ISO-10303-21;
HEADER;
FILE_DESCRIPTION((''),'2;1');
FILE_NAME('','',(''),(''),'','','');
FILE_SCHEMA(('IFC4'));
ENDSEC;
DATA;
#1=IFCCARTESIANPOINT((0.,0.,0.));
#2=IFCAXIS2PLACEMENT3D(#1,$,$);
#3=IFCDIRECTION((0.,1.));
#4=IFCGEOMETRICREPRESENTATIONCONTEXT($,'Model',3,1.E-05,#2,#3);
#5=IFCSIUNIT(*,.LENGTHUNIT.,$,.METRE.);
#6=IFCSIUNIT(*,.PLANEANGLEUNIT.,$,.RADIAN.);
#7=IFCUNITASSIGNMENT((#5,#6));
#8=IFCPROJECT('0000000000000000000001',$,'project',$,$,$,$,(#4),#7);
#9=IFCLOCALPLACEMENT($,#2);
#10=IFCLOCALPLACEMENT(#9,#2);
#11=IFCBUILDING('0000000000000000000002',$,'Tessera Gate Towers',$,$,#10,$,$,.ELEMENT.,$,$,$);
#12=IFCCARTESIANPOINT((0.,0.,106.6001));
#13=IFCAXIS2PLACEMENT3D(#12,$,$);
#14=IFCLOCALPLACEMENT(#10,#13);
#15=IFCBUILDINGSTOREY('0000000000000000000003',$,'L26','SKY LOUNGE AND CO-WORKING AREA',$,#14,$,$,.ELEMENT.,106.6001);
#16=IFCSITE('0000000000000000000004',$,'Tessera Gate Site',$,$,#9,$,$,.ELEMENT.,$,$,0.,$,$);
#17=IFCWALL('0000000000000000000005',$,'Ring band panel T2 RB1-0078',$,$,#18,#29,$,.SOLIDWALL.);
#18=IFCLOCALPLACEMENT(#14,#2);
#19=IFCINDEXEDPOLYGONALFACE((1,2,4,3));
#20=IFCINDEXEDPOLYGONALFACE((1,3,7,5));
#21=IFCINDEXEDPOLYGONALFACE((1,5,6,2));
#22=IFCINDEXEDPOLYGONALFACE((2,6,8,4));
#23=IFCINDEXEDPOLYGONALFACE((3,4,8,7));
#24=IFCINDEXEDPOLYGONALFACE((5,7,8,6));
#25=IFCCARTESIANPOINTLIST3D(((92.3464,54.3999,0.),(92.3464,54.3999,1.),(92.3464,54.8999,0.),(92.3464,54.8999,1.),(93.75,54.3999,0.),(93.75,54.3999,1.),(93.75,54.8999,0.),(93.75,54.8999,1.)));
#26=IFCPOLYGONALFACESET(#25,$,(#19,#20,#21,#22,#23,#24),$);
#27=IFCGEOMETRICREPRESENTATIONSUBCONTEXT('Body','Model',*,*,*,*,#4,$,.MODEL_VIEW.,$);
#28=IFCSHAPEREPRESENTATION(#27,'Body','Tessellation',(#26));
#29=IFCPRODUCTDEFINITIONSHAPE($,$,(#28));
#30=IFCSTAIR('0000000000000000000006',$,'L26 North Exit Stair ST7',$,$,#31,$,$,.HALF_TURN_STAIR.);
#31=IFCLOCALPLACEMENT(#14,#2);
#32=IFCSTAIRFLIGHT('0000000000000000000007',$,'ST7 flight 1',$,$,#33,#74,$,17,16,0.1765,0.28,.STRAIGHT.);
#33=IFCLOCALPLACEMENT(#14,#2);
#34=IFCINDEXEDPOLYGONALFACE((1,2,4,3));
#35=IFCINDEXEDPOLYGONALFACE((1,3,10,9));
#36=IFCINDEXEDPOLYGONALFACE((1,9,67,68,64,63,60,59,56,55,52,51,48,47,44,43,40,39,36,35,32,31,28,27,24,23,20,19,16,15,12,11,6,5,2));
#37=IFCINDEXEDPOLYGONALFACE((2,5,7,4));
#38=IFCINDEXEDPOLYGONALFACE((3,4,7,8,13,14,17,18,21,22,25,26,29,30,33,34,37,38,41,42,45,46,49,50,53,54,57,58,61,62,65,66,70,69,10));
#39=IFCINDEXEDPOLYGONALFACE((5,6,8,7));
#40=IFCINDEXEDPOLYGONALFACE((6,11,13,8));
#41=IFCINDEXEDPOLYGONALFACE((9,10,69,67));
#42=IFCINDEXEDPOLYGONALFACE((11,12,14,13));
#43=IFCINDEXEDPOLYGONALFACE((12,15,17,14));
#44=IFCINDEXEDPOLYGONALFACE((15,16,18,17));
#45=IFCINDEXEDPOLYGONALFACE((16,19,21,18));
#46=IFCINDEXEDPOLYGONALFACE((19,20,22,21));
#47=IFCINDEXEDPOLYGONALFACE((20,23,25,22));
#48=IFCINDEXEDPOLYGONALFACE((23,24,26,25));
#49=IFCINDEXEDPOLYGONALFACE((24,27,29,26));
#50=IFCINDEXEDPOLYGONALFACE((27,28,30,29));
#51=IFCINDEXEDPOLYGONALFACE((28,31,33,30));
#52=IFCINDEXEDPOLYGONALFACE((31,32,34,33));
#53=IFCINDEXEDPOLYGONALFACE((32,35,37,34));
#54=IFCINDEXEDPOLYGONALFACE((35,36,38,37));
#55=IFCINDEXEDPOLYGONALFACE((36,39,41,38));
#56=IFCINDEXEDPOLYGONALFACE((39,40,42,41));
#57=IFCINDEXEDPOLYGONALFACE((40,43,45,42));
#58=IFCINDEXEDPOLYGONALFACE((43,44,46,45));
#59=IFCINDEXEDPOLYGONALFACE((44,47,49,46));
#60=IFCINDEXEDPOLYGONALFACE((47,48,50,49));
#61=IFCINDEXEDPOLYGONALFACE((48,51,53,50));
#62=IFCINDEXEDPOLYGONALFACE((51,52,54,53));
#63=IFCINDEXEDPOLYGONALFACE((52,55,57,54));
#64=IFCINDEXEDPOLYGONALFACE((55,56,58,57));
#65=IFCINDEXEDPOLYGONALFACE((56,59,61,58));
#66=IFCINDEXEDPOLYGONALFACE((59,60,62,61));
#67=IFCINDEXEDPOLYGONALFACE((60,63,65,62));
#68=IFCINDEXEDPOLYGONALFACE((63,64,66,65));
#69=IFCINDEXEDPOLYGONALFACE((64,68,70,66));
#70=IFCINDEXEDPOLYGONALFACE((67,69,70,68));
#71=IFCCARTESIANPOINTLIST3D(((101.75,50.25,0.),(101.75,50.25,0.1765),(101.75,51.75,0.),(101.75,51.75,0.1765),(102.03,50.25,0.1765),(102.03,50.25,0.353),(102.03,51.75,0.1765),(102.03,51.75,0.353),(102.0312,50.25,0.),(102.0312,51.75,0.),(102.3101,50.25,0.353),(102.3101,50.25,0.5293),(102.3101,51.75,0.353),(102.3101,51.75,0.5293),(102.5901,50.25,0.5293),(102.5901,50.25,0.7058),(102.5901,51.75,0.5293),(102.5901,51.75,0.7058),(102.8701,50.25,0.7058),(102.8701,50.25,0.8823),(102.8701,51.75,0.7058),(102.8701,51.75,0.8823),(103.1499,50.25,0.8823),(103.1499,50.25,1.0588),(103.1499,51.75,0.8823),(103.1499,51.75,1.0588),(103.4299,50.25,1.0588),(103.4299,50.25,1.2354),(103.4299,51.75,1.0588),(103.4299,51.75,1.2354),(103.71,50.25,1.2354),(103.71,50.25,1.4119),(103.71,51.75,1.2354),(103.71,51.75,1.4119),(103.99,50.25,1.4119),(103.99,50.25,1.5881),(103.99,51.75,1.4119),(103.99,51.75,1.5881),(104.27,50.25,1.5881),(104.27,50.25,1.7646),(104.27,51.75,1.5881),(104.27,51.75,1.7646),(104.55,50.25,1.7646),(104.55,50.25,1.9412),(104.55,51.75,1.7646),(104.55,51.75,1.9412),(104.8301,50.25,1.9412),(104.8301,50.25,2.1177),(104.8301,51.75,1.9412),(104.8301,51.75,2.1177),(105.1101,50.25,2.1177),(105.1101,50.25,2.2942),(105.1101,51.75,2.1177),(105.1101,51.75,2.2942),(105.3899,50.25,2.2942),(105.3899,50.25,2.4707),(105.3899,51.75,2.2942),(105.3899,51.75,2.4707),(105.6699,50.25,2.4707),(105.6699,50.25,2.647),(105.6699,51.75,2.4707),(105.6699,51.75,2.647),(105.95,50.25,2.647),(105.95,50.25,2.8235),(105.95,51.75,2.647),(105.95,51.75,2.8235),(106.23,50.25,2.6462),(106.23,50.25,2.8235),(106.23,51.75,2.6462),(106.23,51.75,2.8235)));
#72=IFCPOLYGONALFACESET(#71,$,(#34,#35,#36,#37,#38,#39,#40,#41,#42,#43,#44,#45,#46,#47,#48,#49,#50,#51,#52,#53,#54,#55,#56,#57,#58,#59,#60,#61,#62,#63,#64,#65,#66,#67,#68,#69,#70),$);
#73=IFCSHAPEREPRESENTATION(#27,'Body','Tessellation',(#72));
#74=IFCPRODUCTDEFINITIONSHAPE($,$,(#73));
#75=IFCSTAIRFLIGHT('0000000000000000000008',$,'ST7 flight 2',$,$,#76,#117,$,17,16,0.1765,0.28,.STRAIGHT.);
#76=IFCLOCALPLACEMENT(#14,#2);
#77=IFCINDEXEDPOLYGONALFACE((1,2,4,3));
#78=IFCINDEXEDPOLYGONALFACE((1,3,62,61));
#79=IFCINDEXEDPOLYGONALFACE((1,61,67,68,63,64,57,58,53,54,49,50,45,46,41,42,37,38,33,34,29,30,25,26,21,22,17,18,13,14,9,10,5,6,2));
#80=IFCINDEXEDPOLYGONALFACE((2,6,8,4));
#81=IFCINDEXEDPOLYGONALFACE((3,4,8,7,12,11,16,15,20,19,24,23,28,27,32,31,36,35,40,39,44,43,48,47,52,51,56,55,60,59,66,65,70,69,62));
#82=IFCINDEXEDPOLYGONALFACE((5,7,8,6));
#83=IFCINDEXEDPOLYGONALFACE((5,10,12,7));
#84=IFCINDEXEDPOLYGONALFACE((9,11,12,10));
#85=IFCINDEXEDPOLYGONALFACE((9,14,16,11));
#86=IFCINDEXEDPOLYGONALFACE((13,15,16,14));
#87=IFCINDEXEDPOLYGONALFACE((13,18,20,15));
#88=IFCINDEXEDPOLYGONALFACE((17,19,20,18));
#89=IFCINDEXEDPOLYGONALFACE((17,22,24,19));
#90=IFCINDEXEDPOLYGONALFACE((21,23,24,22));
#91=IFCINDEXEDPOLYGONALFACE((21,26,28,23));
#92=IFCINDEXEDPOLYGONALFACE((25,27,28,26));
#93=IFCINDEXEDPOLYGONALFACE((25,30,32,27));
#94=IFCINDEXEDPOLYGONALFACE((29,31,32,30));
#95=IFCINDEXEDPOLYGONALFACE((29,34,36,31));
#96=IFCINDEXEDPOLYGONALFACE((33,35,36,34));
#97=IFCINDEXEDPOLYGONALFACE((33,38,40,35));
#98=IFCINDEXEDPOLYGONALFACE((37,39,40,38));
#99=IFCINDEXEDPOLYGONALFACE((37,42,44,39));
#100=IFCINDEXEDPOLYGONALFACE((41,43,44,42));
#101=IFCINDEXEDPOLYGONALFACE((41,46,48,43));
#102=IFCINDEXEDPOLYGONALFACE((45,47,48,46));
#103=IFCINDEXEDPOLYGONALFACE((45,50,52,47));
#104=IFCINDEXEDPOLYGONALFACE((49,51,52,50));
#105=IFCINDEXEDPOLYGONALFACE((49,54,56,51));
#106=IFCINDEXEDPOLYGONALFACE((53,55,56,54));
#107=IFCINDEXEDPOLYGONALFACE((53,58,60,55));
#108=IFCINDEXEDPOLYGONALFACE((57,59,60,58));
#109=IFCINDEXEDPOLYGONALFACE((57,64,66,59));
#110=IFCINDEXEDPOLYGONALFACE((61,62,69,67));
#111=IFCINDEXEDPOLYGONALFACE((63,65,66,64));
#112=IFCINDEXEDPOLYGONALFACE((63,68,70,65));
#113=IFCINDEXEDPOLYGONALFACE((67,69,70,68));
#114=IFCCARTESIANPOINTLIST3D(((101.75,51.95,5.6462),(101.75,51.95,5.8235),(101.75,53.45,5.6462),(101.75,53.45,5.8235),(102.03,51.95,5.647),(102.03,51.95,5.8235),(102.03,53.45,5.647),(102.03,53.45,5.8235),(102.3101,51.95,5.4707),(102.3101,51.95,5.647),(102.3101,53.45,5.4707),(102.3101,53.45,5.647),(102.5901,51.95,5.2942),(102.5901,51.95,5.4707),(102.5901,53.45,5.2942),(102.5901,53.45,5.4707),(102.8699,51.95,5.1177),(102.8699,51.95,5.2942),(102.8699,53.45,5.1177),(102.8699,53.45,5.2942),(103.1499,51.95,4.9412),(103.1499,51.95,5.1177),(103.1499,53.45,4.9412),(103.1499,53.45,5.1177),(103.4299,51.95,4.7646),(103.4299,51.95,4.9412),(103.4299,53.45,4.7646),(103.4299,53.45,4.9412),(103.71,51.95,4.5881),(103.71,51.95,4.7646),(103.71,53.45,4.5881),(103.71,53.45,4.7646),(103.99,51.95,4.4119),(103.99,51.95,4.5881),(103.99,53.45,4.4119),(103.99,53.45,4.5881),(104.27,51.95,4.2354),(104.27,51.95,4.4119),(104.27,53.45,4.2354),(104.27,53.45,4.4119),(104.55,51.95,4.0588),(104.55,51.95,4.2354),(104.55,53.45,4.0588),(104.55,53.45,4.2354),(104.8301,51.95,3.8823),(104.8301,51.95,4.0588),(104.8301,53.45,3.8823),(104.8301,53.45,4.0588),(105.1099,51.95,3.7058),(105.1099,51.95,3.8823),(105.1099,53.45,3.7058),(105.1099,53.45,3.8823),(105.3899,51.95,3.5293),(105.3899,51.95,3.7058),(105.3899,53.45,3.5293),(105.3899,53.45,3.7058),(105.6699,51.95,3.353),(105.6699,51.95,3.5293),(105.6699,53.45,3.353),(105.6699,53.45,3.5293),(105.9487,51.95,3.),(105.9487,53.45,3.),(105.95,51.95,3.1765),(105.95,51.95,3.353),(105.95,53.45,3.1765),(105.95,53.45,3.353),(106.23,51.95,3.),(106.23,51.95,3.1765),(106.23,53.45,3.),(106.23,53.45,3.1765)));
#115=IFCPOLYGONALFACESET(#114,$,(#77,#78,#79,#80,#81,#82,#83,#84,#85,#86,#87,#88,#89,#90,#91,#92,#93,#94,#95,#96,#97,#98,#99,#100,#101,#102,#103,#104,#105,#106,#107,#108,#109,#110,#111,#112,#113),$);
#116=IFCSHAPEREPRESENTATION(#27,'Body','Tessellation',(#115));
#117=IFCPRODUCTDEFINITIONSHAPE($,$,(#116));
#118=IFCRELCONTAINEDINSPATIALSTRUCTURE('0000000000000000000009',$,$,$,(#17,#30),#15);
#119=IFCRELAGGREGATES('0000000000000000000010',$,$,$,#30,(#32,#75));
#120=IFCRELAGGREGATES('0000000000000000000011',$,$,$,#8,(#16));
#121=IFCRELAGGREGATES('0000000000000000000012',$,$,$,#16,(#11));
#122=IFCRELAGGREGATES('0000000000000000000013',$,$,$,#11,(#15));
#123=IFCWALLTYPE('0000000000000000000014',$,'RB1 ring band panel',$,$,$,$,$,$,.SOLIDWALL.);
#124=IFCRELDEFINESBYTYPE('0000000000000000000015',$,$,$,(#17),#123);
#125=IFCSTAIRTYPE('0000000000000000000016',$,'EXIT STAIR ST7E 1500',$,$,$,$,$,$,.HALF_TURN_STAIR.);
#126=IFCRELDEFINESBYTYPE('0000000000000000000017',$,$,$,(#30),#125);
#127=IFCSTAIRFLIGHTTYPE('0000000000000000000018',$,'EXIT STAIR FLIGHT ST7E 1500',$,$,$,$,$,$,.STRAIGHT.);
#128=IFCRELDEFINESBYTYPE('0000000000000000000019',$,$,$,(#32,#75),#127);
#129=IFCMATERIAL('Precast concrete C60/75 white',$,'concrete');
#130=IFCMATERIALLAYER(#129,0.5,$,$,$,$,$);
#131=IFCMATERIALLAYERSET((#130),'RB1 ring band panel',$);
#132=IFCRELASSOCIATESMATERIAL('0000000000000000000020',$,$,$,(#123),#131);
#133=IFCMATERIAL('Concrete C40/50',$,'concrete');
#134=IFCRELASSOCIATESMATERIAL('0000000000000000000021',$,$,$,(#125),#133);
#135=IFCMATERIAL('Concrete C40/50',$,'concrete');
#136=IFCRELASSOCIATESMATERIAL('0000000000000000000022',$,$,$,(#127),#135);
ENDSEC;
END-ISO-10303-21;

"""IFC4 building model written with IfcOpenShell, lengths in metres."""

from ifc_helpers import new_model, si_unit, direction, frame, origin, place, context, subcontext, project, spatial, polyline, outline, extrude, source, transform, mapped, material, layer, layer_set, type_object, element, aggregate, save


model = new_model("IFC4")

# Units and contexts
model_context = context("Model", 3, precision=1e-05, world=origin(), true_north=direction((0.0, 1.0)))
body_context = subcontext(model_context, "Body", "Model", "MODEL_VIEW")
ifc_project = project(units=[si_unit("LENGTHUNIT", "METRE"), si_unit("PLANEANGLEUNIT", "RADIAN")], contexts=[model_context])

# Site, building, storey
site_placement = place(None, origin())
site = spatial("IfcSite", under=ifc_project, at=site_placement, Name="Tessera Gate Site", CompositionType="ELEMENT", RefElevation=0.0)
building_placement = place(site_placement, origin())
building = spatial("IfcBuilding", under=site, at=building_placement, Name="Tessera Gate Towers", CompositionType="ELEMENT")
storey_placement = place(building_placement, frame((0.0, 0.0, 106.6001)))
storey = spatial("IfcBuildingStorey", under=building, at=storey_placement, Name="L26", Description="SKY LOUNGE AND CO-WORKING AREA", CompositionType="ELEMENT", Elevation=106.6001)

# Wall
ifc_material_1 = material(Name="Precast concrete C60/75 white", Category="concrete")
ifc_layer_1 = layer(ifc_material_1, 0.5)
ifc_layer_set_1 = layer_set([ifc_layer_1], Name="RB1 ring band panel")
wall_type_1 = type_object("IfcWallType", Name="RB1 ring band panel", PredefinedType="SOLIDWALL", material=ifc_layer_set_1)
shared_shape_1 = source(origin(), body_context, "Body", "SweptSolid", [
    extrude(outline(polyline([(0.0, 0.0), (1.4036, 0.0), (1.4036, 1.0), (0.0, 1.0), (0.0, 0.0)])), frame((0.0, 0.25, 0.0), z_axis=(0.0, -1.0, 0.0), x_axis=(1.0, 0.0, 0.0)), (0.0, 0.0, 1.0), 0.5),
])
wall_1_placement = place(storey_placement, frame((93.75, 54.6499, 0.0), z_axis=(0.0, 0.0, 1.0), x_axis=(-1.0, 0.0, 0.0)))
element("IfcWall", 1, at=wall_1_placement, inside=storey, type_object=wall_type_1, Name="Ring band panel T2 RB1-0078", PredefinedType="SOLIDWALL", context=body_context, shape_type="MappedRepresentation", body=[
    mapped(shared_shape_1, transform((0.0, 0.0, 0.0), scale=1.0)),
])

# Stair, stair flights
ifc_material_2 = material(Name="Concrete C40/50", Category="concrete")
stair_type = type_object("IfcStairType", Name="EXIT STAIR ST7E 1500", PredefinedType="HALF_TURN_STAIR", material=ifc_material_2)
stair_placement = place(storey_placement, origin())
stair = element("IfcStair", 2, at=stair_placement, inside=storey, type_object=stair_type, Name="L26 North Exit Stair ST7", PredefinedType="HALF_TURN_STAIR")
ifc_material_3 = material(Name="Concrete C40/50", Category="concrete")
stair_flight_type = type_object("IfcStairFlightType", Name="EXIT STAIR FLIGHT ST7E 1500", PredefinedType="STRAIGHT", material=ifc_material_3)
stair_flight_1_placement = place(storey_placement, frame((101.75, 51.0, 0.0), z_axis=(0.0, 0.0, 1.0), x_axis=(1.0, 0.0, 0.0)))
stair_flight_1 = element("IfcStairFlight", 3, at=stair_flight_1_placement, type_object=stair_flight_type, Name="ST7 flight 1", NumberOfRisers=17, NumberOfTreads=16, PredefinedType="STRAIGHT", RiserHeight=0.1765, TreadLength=0.28, context=body_context, shape_type="SweptSolid", body=[
    extrude(outline(polyline([(0.0, 0.0), (0.0, 0.1765), (0.28, 0.1765), (0.28, 0.353), (0.5601, 0.353), (0.5601, 0.5293), (0.8401, 0.5293), (0.8401, 0.7058), (1.1201, 0.7058), (1.1201, 0.8823), (1.3999, 0.8823), (1.3999, 1.0588), (1.6799, 1.0588), (1.6799, 1.2354), (1.96, 1.2354), (1.96, 1.4119), (2.24, 1.4119), (2.24, 1.5881), (2.52, 1.5881), (2.52, 1.7646), (2.8, 1.7646), (2.8, 1.9412), (3.0801, 1.9412), (3.0801, 2.1177), (3.3601, 2.1177), (3.3601, 2.2942), (3.6399, 2.2942), (3.6399, 2.4707), (3.9199, 2.4707), (3.9199, 2.647), (4.2, 2.647), (4.2, 2.8235), (4.48, 2.8235), (4.48, 3.0), (4.48, 2.6462), (0.2812, 0.0), (0.0, 0.0)])), frame((0.0, 0.75, 0.0), z_axis=(0.0, -1.0, 0.0), x_axis=(1.0, 0.0, 0.0)), (0.0, 0.0, 1.0), 1.5),
])
stair_flight_2_placement = place(storey_placement, frame((106.23, 52.7, 3.0), z_axis=(0.0, 0.0, 1.0), x_axis=(-1.0, 0.0, 0.0)))
stair_flight_2 = element("IfcStairFlight", 4, at=stair_flight_2_placement, type_object=stair_flight_type, Name="ST7 flight 2", NumberOfRisers=17, NumberOfTreads=16, PredefinedType="STRAIGHT", RiserHeight=0.1765, TreadLength=0.28, context=body_context, shape_type="SweptSolid", body=[
    extrude(outline(polyline([(0.0, 0.0), (0.0, 0.1765), (0.28, 0.1765), (0.28, 0.353), (0.5601, 0.353), (0.5601, 0.5293), (0.8401, 0.5293), (0.8401, 0.7058), (1.1201, 0.7058), (1.1201, 0.8823), (1.3999, 0.8823), (1.3999, 1.0588), (1.6799, 1.0588), (1.6799, 1.2354), (1.96, 1.2354), (1.96, 1.4119), (2.24, 1.4119), (2.24, 1.5881), (2.52, 1.5881), (2.52, 1.7646), (2.8, 1.7646), (2.8, 1.9412), (3.0801, 1.9412), (3.0801, 2.1177), (3.3601, 2.1177), (3.3601, 2.2942), (3.6399, 2.2942), (3.6399, 2.4707), (3.9199, 2.4707), (3.9199, 2.647), (4.2, 2.647), (4.2, 2.8235), (4.48, 2.8235), (4.48, 3.0), (4.48, 2.6462), (0.2812, 0.0), (0.0, 0.0)])), frame((0.0, 0.75, 0.0), z_axis=(0.0, -1.0, 0.0), x_axis=(1.0, 0.0, 0.0)), (0.0, 0.0, 1.0), 1.5),
])
aggregate(stair, [stair_flight_1, stair_flight_2])

save(model, "model.ifc")
